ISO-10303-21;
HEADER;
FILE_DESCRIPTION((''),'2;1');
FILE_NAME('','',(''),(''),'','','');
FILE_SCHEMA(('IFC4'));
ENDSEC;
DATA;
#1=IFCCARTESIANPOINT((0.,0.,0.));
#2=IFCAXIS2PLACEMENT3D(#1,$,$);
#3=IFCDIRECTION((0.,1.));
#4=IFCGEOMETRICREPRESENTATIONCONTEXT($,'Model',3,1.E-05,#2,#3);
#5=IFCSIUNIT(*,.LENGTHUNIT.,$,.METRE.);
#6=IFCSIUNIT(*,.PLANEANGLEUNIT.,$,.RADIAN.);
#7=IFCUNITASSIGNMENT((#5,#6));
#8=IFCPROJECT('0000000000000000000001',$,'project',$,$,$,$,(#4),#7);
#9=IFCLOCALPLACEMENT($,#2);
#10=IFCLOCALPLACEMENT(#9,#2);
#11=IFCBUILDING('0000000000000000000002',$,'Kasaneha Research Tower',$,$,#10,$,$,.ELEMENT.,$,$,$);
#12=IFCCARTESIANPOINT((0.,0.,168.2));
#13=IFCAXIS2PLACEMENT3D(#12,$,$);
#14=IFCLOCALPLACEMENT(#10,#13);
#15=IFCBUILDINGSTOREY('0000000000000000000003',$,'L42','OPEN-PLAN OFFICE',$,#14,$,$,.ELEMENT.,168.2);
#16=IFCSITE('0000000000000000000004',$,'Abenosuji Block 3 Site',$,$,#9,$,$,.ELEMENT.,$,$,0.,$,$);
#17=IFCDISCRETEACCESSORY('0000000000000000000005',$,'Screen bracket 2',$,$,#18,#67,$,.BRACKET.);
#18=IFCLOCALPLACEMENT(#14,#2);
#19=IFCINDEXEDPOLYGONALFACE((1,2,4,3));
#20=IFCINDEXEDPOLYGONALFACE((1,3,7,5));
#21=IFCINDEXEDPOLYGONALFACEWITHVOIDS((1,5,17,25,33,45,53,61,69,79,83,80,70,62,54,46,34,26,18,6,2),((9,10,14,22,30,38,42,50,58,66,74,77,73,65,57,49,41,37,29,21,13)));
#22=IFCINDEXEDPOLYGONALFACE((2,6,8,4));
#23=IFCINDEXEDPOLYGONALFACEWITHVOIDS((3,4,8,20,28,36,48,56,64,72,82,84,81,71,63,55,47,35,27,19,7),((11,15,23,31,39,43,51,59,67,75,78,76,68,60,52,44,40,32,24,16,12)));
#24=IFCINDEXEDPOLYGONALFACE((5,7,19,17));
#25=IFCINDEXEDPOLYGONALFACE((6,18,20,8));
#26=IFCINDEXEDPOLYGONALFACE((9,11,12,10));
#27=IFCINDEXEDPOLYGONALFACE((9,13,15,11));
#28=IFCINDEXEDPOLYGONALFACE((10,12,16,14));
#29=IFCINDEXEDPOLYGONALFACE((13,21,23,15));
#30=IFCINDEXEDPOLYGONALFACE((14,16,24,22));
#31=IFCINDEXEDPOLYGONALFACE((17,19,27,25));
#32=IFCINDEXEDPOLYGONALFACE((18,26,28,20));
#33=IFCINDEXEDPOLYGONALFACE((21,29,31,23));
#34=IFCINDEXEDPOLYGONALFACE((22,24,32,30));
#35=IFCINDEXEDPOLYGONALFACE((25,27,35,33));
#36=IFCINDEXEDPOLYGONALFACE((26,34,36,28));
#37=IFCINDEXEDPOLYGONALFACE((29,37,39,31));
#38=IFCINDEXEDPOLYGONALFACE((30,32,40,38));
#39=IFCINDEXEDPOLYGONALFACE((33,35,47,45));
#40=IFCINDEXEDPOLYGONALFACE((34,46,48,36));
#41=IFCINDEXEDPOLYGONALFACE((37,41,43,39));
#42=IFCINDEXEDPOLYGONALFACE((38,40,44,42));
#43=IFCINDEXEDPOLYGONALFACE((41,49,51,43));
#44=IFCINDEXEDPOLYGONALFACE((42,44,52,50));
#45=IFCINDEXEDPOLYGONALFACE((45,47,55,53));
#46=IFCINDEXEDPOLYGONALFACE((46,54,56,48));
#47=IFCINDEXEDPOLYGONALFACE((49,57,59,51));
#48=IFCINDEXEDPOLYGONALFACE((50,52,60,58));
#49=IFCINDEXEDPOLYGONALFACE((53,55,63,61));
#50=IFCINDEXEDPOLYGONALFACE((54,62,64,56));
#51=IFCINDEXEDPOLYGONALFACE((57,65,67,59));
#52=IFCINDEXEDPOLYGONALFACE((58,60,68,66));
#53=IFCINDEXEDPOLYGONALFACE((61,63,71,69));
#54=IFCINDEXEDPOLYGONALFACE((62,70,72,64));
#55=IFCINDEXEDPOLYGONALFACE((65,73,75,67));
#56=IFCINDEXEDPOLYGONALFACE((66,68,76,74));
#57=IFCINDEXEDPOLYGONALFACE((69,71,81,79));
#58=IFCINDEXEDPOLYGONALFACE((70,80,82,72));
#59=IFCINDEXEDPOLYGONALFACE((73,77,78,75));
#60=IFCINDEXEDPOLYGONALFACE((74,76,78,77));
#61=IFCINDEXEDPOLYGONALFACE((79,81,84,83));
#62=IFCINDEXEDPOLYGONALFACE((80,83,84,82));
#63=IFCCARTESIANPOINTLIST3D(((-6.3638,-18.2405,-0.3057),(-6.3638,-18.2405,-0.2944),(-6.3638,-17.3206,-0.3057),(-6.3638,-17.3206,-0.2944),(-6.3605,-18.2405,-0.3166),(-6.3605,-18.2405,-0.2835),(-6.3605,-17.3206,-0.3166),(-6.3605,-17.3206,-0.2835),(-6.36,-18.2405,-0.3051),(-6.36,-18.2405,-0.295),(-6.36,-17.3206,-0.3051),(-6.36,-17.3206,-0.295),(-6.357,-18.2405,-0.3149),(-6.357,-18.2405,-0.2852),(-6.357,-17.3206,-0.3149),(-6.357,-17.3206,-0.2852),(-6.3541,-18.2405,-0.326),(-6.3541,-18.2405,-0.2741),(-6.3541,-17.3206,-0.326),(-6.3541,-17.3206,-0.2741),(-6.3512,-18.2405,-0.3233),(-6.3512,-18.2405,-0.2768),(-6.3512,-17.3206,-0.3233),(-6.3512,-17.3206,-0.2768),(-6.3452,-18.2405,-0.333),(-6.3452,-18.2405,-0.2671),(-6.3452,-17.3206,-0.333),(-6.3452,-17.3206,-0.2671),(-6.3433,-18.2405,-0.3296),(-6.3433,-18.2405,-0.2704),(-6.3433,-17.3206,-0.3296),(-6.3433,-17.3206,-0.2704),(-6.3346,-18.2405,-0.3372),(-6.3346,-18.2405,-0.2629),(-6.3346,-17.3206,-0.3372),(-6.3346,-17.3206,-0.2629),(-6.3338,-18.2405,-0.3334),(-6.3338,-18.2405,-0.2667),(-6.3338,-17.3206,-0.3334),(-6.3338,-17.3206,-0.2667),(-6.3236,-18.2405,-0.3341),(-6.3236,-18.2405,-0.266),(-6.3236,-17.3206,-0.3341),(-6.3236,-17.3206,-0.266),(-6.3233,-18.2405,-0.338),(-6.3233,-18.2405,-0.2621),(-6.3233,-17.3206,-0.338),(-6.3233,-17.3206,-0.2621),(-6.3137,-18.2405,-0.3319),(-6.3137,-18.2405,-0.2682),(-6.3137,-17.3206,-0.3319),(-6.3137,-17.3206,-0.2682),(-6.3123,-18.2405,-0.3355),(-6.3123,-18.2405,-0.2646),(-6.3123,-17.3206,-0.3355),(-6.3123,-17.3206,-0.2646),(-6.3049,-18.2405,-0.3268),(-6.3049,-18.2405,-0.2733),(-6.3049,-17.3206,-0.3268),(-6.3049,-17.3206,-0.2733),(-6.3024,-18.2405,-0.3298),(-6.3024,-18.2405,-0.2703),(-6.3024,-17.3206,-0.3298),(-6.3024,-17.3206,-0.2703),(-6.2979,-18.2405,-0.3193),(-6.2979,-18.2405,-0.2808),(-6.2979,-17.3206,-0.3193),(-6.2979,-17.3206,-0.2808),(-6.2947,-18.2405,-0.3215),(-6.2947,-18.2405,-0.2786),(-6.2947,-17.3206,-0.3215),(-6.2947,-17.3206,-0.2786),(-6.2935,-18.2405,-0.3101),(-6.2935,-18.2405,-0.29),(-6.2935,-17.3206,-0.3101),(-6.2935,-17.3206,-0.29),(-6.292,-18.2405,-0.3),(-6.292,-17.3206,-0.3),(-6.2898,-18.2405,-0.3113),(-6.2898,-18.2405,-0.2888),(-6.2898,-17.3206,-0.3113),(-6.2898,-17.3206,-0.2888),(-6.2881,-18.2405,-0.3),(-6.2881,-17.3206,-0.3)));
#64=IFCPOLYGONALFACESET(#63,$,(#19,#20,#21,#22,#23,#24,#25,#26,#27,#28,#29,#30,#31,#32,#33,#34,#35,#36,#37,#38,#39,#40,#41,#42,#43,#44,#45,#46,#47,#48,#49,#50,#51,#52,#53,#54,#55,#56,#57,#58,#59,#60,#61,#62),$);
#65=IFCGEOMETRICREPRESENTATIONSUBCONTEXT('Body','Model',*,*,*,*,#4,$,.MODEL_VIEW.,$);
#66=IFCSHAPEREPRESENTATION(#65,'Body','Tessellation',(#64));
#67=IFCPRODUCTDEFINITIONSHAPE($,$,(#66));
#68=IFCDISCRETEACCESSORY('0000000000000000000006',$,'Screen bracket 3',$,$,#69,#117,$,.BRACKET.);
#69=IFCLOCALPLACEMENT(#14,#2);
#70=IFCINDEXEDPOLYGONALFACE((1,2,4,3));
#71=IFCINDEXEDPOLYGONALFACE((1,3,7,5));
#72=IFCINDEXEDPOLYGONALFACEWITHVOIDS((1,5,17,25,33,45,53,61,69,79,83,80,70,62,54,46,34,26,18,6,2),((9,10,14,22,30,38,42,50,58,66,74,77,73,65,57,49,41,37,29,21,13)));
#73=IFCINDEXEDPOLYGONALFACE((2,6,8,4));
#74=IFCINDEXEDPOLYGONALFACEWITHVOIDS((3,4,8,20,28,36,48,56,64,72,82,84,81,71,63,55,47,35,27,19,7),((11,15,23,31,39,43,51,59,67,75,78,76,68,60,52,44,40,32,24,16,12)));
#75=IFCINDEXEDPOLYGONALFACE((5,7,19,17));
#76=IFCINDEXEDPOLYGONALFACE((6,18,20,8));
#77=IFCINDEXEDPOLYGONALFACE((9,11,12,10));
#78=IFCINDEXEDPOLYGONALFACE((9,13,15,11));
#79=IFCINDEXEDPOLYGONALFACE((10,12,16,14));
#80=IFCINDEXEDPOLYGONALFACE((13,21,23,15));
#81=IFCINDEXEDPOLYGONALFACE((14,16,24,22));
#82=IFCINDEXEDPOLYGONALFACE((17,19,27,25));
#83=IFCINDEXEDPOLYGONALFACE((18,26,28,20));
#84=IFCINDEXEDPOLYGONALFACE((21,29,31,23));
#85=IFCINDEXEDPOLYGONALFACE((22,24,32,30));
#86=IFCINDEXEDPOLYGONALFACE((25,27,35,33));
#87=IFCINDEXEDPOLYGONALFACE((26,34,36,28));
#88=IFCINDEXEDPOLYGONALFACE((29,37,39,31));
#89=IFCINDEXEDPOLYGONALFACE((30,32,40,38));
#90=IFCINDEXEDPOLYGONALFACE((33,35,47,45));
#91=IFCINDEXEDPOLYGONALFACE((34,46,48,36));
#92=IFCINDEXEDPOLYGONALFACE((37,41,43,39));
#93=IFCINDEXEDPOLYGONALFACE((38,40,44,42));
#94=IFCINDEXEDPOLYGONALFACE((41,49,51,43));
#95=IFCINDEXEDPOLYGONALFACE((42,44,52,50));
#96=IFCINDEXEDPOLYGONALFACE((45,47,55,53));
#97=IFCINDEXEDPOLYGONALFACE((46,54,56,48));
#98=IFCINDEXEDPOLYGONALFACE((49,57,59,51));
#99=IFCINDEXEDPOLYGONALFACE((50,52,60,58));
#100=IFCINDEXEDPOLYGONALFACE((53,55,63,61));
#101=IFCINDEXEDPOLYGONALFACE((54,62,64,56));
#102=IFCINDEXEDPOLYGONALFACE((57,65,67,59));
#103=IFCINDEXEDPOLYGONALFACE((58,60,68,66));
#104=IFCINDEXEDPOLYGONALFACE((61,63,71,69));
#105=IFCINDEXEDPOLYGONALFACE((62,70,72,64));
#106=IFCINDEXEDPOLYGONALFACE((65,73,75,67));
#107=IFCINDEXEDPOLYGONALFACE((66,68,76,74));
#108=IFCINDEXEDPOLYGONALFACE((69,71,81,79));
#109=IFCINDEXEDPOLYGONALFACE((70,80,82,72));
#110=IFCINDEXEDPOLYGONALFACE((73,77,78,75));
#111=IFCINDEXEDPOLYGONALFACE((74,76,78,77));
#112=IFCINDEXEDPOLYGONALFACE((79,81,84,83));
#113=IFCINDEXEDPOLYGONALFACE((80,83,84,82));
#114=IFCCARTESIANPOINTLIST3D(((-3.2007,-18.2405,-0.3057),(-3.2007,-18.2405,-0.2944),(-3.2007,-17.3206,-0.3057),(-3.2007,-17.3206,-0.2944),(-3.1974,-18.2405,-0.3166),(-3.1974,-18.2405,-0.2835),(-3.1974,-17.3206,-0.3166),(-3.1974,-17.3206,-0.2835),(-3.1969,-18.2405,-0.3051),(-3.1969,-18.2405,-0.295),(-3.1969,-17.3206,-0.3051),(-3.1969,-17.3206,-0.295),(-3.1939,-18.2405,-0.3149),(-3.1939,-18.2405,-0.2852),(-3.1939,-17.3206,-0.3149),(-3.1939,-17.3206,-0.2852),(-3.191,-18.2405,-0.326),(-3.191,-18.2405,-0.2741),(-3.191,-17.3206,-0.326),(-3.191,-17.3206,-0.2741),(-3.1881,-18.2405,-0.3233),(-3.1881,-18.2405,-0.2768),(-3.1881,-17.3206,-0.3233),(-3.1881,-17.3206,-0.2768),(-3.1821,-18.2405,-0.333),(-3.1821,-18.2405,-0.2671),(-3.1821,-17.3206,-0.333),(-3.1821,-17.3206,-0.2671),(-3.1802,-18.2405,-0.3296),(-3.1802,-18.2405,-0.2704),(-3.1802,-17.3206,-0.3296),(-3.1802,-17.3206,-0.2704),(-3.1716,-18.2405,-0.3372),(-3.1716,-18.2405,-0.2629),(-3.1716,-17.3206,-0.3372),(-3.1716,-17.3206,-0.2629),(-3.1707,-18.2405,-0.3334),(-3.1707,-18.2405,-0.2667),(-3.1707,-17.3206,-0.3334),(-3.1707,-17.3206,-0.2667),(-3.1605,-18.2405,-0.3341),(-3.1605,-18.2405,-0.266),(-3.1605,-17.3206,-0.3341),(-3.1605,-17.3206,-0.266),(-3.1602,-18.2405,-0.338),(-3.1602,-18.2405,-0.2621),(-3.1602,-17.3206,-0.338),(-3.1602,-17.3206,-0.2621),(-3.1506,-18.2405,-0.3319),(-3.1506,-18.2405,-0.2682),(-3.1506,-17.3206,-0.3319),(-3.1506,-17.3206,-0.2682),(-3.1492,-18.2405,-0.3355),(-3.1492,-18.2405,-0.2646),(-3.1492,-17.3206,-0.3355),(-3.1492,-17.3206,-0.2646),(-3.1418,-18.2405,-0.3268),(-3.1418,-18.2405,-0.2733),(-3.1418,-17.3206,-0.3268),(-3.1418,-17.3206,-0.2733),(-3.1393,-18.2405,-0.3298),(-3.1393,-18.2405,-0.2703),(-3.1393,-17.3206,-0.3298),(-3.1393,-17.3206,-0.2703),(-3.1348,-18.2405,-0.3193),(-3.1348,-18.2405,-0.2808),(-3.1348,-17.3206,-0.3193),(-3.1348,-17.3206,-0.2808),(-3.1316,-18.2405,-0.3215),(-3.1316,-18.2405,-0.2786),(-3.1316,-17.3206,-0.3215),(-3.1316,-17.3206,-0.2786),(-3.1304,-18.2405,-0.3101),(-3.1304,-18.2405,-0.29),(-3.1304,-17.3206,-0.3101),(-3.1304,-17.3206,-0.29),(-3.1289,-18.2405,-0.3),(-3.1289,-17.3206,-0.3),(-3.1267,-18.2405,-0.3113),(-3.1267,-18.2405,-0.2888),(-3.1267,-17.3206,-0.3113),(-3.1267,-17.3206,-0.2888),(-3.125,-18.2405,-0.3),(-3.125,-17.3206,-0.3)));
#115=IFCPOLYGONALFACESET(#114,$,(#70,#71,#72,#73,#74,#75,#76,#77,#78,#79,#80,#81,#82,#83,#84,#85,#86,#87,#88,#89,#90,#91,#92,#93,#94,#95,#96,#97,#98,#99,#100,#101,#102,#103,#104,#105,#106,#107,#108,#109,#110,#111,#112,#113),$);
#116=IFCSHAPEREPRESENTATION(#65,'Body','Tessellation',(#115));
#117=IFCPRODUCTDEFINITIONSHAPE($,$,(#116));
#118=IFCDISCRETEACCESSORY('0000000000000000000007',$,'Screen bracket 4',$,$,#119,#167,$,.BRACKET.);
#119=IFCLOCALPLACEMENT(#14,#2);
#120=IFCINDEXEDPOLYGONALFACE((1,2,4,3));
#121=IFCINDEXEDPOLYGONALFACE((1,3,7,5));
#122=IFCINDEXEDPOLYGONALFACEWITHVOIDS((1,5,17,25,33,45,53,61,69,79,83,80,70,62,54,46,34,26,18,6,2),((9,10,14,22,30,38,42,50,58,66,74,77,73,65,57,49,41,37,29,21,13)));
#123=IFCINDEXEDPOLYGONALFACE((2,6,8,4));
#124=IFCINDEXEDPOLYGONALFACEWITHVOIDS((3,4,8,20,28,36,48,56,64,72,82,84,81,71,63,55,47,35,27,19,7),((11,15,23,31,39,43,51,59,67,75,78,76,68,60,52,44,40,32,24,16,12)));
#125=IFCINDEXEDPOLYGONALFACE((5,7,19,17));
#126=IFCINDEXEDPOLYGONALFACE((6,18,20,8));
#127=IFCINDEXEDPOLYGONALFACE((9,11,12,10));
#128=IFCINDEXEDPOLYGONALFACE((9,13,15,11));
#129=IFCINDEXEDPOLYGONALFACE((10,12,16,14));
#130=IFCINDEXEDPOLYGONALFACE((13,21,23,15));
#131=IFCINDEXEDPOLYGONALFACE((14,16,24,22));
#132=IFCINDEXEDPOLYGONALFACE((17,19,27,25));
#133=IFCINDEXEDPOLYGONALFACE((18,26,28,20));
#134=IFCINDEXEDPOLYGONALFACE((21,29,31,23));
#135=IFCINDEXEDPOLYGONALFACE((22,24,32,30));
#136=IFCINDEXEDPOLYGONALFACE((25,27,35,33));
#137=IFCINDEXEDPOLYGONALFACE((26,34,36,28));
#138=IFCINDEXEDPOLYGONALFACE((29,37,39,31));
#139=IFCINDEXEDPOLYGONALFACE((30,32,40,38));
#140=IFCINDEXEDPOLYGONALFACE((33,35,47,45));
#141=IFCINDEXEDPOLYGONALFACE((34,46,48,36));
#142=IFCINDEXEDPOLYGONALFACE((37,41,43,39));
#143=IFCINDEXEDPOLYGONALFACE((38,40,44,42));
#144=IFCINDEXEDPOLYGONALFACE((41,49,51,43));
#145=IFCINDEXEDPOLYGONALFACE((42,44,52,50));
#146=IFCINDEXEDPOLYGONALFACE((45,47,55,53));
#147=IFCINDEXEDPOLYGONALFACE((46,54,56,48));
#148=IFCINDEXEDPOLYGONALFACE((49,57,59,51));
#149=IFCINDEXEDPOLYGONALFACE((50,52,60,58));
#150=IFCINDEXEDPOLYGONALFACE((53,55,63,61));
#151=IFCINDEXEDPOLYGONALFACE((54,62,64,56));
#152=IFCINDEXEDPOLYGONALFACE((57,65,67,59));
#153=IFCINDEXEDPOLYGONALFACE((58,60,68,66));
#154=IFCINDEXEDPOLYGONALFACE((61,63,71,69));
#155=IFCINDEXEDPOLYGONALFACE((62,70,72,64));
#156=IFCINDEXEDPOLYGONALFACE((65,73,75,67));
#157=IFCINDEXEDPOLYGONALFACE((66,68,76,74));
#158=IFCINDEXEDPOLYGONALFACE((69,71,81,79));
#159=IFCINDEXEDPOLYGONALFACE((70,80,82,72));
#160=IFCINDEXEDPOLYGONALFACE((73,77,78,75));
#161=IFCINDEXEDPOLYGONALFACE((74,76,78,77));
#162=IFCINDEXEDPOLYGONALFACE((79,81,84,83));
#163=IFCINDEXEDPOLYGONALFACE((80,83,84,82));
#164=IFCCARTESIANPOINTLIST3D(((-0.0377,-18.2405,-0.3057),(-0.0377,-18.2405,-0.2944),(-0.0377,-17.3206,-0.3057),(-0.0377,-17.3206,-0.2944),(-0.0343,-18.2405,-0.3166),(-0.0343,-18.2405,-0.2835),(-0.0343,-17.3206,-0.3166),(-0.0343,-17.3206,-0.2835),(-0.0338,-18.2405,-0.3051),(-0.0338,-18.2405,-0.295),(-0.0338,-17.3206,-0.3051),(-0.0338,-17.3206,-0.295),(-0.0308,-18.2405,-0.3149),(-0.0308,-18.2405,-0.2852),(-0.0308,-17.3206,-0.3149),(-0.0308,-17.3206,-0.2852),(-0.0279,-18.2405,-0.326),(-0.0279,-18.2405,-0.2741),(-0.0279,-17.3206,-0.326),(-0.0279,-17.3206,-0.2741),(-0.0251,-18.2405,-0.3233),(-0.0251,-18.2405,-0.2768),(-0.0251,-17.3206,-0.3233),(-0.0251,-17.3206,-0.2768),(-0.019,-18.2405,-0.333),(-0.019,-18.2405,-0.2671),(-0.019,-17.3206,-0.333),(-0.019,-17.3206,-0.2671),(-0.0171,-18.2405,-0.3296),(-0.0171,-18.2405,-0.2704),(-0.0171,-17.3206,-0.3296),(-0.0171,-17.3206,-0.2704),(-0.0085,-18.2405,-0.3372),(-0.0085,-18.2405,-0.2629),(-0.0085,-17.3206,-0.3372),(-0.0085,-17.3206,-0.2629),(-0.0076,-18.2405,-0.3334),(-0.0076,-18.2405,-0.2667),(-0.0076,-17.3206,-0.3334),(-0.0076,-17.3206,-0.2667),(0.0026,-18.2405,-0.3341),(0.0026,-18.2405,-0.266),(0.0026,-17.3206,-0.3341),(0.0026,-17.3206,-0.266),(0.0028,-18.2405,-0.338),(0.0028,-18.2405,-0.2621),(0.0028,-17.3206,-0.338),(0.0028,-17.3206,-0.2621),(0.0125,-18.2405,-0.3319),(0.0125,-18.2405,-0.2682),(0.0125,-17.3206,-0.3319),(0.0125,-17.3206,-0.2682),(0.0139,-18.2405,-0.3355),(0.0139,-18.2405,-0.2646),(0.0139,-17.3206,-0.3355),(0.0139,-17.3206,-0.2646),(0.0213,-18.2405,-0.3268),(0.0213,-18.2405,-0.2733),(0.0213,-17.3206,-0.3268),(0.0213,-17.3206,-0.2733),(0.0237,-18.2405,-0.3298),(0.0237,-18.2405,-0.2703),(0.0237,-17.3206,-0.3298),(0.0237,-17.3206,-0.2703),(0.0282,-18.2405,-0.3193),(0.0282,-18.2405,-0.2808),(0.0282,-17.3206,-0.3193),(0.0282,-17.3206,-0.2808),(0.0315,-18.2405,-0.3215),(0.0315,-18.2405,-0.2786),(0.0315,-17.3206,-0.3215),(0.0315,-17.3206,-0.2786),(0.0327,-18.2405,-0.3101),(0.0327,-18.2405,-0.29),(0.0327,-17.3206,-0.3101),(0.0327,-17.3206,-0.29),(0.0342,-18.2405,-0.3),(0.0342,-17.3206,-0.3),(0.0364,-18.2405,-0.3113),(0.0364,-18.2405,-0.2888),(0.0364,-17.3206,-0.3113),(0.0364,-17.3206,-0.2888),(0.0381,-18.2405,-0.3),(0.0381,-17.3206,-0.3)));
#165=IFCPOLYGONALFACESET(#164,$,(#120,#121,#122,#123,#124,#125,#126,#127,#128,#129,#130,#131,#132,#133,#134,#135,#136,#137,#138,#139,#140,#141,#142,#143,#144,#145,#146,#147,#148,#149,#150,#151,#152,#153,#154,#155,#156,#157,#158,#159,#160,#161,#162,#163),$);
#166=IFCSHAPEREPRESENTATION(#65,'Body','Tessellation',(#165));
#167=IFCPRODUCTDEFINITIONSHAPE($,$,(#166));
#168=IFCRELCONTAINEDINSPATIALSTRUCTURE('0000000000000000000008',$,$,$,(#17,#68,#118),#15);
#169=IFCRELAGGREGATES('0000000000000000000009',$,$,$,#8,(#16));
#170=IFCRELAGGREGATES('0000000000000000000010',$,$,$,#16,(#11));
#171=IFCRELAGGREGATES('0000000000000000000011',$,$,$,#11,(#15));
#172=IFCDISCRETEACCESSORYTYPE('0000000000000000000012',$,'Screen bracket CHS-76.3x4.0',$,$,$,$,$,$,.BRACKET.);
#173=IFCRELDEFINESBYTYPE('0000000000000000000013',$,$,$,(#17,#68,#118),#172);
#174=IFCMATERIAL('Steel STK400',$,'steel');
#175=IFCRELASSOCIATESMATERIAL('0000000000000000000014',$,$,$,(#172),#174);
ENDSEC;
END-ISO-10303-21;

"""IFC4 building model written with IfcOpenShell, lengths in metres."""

from ifc_helpers import new_model, si_unit, direction, frame, origin, origin_2d, place, context, subcontext, project, spatial, hollow_circle, extrude, material, material_profile, profile_set, type_object, element, save


model = new_model("IFC4")

# Units and contexts
model_context = context("Model", 3, precision=1e-05, world=origin(), true_north=direction((0.0, 1.0)))
body_context = subcontext(model_context, "Body", "Model", "MODEL_VIEW")
ifc_project = project(units=[si_unit("LENGTHUNIT", "METRE"), si_unit("PLANEANGLEUNIT", "RADIAN")], contexts=[model_context])

# Site, building, storey
site_placement = place(None, origin())
site = spatial("IfcSite", under=ifc_project, at=site_placement, Name="Abenosuji Block 3 Site", CompositionType="ELEMENT", RefElevation=0.0)
building_placement = place(site_placement, origin())
building = spatial("IfcBuilding", under=site, at=building_placement, Name="Kasaneha Research Tower", CompositionType="ELEMENT")
storey_placement = place(building_placement, frame((0.0, 0.0, 168.2)))
storey = spatial("IfcBuildingStorey", under=building, at=storey_placement, Name="L42", Description="OPEN-PLAN OFFICE", CompositionType="ELEMENT", Elevation=168.2)

# Discrete accessories
ifc_material_1 = material(Name="Steel STK400", Category="steel")
ifc_material_profile_1 = material_profile(ifc_material_1, hollow_circle(Radius=0.0381, WallThickness=0.0039, at=origin_2d()), Name="CHS-76.3x4.0")
ifc_profile_set_1 = profile_set([ifc_material_profile_1], Name="Steel STK400")
discrete_accessory_type = type_object("IfcDiscreteAccessoryType", Name="Screen bracket CHS-76.3x4.0", PredefinedType="BRACKET", material=ifc_profile_set_1)
for number, where, z_axis, x_axis, name in (
    (1, (-6.3262, -17.3206, -0.3), (0.0, -1.0, 0.0), (1.0, 0.0, 0.0), "Screen bracket 2"),
    (2, (-3.1631, -17.3206, -0.3), (0.0, -1.0, 0.0), (1.0, 0.0, 0.0), "Screen bracket 3"),
    (3, (0.0, -17.3206, -0.3), (0.0, -1.0, 0.0), (1.0, 0.0, 0.0), "Screen bracket 4"),
):
    element("IfcDiscreteAccessory", number, at=place(storey_placement, frame(where, z_axis=z_axis, x_axis=x_axis)), inside=storey, type_object=discrete_accessory_type, Name=name, PredefinedType="BRACKET", context=body_context, shape_type="SweptSolid", body=[
        extrude(hollow_circle(Radius=0.0381, WallThickness=0.0039, at=origin_2d()), origin(), (0.0, 0.0, 1.0), 0.9199),
    ])

save(model, "model.ifc")
